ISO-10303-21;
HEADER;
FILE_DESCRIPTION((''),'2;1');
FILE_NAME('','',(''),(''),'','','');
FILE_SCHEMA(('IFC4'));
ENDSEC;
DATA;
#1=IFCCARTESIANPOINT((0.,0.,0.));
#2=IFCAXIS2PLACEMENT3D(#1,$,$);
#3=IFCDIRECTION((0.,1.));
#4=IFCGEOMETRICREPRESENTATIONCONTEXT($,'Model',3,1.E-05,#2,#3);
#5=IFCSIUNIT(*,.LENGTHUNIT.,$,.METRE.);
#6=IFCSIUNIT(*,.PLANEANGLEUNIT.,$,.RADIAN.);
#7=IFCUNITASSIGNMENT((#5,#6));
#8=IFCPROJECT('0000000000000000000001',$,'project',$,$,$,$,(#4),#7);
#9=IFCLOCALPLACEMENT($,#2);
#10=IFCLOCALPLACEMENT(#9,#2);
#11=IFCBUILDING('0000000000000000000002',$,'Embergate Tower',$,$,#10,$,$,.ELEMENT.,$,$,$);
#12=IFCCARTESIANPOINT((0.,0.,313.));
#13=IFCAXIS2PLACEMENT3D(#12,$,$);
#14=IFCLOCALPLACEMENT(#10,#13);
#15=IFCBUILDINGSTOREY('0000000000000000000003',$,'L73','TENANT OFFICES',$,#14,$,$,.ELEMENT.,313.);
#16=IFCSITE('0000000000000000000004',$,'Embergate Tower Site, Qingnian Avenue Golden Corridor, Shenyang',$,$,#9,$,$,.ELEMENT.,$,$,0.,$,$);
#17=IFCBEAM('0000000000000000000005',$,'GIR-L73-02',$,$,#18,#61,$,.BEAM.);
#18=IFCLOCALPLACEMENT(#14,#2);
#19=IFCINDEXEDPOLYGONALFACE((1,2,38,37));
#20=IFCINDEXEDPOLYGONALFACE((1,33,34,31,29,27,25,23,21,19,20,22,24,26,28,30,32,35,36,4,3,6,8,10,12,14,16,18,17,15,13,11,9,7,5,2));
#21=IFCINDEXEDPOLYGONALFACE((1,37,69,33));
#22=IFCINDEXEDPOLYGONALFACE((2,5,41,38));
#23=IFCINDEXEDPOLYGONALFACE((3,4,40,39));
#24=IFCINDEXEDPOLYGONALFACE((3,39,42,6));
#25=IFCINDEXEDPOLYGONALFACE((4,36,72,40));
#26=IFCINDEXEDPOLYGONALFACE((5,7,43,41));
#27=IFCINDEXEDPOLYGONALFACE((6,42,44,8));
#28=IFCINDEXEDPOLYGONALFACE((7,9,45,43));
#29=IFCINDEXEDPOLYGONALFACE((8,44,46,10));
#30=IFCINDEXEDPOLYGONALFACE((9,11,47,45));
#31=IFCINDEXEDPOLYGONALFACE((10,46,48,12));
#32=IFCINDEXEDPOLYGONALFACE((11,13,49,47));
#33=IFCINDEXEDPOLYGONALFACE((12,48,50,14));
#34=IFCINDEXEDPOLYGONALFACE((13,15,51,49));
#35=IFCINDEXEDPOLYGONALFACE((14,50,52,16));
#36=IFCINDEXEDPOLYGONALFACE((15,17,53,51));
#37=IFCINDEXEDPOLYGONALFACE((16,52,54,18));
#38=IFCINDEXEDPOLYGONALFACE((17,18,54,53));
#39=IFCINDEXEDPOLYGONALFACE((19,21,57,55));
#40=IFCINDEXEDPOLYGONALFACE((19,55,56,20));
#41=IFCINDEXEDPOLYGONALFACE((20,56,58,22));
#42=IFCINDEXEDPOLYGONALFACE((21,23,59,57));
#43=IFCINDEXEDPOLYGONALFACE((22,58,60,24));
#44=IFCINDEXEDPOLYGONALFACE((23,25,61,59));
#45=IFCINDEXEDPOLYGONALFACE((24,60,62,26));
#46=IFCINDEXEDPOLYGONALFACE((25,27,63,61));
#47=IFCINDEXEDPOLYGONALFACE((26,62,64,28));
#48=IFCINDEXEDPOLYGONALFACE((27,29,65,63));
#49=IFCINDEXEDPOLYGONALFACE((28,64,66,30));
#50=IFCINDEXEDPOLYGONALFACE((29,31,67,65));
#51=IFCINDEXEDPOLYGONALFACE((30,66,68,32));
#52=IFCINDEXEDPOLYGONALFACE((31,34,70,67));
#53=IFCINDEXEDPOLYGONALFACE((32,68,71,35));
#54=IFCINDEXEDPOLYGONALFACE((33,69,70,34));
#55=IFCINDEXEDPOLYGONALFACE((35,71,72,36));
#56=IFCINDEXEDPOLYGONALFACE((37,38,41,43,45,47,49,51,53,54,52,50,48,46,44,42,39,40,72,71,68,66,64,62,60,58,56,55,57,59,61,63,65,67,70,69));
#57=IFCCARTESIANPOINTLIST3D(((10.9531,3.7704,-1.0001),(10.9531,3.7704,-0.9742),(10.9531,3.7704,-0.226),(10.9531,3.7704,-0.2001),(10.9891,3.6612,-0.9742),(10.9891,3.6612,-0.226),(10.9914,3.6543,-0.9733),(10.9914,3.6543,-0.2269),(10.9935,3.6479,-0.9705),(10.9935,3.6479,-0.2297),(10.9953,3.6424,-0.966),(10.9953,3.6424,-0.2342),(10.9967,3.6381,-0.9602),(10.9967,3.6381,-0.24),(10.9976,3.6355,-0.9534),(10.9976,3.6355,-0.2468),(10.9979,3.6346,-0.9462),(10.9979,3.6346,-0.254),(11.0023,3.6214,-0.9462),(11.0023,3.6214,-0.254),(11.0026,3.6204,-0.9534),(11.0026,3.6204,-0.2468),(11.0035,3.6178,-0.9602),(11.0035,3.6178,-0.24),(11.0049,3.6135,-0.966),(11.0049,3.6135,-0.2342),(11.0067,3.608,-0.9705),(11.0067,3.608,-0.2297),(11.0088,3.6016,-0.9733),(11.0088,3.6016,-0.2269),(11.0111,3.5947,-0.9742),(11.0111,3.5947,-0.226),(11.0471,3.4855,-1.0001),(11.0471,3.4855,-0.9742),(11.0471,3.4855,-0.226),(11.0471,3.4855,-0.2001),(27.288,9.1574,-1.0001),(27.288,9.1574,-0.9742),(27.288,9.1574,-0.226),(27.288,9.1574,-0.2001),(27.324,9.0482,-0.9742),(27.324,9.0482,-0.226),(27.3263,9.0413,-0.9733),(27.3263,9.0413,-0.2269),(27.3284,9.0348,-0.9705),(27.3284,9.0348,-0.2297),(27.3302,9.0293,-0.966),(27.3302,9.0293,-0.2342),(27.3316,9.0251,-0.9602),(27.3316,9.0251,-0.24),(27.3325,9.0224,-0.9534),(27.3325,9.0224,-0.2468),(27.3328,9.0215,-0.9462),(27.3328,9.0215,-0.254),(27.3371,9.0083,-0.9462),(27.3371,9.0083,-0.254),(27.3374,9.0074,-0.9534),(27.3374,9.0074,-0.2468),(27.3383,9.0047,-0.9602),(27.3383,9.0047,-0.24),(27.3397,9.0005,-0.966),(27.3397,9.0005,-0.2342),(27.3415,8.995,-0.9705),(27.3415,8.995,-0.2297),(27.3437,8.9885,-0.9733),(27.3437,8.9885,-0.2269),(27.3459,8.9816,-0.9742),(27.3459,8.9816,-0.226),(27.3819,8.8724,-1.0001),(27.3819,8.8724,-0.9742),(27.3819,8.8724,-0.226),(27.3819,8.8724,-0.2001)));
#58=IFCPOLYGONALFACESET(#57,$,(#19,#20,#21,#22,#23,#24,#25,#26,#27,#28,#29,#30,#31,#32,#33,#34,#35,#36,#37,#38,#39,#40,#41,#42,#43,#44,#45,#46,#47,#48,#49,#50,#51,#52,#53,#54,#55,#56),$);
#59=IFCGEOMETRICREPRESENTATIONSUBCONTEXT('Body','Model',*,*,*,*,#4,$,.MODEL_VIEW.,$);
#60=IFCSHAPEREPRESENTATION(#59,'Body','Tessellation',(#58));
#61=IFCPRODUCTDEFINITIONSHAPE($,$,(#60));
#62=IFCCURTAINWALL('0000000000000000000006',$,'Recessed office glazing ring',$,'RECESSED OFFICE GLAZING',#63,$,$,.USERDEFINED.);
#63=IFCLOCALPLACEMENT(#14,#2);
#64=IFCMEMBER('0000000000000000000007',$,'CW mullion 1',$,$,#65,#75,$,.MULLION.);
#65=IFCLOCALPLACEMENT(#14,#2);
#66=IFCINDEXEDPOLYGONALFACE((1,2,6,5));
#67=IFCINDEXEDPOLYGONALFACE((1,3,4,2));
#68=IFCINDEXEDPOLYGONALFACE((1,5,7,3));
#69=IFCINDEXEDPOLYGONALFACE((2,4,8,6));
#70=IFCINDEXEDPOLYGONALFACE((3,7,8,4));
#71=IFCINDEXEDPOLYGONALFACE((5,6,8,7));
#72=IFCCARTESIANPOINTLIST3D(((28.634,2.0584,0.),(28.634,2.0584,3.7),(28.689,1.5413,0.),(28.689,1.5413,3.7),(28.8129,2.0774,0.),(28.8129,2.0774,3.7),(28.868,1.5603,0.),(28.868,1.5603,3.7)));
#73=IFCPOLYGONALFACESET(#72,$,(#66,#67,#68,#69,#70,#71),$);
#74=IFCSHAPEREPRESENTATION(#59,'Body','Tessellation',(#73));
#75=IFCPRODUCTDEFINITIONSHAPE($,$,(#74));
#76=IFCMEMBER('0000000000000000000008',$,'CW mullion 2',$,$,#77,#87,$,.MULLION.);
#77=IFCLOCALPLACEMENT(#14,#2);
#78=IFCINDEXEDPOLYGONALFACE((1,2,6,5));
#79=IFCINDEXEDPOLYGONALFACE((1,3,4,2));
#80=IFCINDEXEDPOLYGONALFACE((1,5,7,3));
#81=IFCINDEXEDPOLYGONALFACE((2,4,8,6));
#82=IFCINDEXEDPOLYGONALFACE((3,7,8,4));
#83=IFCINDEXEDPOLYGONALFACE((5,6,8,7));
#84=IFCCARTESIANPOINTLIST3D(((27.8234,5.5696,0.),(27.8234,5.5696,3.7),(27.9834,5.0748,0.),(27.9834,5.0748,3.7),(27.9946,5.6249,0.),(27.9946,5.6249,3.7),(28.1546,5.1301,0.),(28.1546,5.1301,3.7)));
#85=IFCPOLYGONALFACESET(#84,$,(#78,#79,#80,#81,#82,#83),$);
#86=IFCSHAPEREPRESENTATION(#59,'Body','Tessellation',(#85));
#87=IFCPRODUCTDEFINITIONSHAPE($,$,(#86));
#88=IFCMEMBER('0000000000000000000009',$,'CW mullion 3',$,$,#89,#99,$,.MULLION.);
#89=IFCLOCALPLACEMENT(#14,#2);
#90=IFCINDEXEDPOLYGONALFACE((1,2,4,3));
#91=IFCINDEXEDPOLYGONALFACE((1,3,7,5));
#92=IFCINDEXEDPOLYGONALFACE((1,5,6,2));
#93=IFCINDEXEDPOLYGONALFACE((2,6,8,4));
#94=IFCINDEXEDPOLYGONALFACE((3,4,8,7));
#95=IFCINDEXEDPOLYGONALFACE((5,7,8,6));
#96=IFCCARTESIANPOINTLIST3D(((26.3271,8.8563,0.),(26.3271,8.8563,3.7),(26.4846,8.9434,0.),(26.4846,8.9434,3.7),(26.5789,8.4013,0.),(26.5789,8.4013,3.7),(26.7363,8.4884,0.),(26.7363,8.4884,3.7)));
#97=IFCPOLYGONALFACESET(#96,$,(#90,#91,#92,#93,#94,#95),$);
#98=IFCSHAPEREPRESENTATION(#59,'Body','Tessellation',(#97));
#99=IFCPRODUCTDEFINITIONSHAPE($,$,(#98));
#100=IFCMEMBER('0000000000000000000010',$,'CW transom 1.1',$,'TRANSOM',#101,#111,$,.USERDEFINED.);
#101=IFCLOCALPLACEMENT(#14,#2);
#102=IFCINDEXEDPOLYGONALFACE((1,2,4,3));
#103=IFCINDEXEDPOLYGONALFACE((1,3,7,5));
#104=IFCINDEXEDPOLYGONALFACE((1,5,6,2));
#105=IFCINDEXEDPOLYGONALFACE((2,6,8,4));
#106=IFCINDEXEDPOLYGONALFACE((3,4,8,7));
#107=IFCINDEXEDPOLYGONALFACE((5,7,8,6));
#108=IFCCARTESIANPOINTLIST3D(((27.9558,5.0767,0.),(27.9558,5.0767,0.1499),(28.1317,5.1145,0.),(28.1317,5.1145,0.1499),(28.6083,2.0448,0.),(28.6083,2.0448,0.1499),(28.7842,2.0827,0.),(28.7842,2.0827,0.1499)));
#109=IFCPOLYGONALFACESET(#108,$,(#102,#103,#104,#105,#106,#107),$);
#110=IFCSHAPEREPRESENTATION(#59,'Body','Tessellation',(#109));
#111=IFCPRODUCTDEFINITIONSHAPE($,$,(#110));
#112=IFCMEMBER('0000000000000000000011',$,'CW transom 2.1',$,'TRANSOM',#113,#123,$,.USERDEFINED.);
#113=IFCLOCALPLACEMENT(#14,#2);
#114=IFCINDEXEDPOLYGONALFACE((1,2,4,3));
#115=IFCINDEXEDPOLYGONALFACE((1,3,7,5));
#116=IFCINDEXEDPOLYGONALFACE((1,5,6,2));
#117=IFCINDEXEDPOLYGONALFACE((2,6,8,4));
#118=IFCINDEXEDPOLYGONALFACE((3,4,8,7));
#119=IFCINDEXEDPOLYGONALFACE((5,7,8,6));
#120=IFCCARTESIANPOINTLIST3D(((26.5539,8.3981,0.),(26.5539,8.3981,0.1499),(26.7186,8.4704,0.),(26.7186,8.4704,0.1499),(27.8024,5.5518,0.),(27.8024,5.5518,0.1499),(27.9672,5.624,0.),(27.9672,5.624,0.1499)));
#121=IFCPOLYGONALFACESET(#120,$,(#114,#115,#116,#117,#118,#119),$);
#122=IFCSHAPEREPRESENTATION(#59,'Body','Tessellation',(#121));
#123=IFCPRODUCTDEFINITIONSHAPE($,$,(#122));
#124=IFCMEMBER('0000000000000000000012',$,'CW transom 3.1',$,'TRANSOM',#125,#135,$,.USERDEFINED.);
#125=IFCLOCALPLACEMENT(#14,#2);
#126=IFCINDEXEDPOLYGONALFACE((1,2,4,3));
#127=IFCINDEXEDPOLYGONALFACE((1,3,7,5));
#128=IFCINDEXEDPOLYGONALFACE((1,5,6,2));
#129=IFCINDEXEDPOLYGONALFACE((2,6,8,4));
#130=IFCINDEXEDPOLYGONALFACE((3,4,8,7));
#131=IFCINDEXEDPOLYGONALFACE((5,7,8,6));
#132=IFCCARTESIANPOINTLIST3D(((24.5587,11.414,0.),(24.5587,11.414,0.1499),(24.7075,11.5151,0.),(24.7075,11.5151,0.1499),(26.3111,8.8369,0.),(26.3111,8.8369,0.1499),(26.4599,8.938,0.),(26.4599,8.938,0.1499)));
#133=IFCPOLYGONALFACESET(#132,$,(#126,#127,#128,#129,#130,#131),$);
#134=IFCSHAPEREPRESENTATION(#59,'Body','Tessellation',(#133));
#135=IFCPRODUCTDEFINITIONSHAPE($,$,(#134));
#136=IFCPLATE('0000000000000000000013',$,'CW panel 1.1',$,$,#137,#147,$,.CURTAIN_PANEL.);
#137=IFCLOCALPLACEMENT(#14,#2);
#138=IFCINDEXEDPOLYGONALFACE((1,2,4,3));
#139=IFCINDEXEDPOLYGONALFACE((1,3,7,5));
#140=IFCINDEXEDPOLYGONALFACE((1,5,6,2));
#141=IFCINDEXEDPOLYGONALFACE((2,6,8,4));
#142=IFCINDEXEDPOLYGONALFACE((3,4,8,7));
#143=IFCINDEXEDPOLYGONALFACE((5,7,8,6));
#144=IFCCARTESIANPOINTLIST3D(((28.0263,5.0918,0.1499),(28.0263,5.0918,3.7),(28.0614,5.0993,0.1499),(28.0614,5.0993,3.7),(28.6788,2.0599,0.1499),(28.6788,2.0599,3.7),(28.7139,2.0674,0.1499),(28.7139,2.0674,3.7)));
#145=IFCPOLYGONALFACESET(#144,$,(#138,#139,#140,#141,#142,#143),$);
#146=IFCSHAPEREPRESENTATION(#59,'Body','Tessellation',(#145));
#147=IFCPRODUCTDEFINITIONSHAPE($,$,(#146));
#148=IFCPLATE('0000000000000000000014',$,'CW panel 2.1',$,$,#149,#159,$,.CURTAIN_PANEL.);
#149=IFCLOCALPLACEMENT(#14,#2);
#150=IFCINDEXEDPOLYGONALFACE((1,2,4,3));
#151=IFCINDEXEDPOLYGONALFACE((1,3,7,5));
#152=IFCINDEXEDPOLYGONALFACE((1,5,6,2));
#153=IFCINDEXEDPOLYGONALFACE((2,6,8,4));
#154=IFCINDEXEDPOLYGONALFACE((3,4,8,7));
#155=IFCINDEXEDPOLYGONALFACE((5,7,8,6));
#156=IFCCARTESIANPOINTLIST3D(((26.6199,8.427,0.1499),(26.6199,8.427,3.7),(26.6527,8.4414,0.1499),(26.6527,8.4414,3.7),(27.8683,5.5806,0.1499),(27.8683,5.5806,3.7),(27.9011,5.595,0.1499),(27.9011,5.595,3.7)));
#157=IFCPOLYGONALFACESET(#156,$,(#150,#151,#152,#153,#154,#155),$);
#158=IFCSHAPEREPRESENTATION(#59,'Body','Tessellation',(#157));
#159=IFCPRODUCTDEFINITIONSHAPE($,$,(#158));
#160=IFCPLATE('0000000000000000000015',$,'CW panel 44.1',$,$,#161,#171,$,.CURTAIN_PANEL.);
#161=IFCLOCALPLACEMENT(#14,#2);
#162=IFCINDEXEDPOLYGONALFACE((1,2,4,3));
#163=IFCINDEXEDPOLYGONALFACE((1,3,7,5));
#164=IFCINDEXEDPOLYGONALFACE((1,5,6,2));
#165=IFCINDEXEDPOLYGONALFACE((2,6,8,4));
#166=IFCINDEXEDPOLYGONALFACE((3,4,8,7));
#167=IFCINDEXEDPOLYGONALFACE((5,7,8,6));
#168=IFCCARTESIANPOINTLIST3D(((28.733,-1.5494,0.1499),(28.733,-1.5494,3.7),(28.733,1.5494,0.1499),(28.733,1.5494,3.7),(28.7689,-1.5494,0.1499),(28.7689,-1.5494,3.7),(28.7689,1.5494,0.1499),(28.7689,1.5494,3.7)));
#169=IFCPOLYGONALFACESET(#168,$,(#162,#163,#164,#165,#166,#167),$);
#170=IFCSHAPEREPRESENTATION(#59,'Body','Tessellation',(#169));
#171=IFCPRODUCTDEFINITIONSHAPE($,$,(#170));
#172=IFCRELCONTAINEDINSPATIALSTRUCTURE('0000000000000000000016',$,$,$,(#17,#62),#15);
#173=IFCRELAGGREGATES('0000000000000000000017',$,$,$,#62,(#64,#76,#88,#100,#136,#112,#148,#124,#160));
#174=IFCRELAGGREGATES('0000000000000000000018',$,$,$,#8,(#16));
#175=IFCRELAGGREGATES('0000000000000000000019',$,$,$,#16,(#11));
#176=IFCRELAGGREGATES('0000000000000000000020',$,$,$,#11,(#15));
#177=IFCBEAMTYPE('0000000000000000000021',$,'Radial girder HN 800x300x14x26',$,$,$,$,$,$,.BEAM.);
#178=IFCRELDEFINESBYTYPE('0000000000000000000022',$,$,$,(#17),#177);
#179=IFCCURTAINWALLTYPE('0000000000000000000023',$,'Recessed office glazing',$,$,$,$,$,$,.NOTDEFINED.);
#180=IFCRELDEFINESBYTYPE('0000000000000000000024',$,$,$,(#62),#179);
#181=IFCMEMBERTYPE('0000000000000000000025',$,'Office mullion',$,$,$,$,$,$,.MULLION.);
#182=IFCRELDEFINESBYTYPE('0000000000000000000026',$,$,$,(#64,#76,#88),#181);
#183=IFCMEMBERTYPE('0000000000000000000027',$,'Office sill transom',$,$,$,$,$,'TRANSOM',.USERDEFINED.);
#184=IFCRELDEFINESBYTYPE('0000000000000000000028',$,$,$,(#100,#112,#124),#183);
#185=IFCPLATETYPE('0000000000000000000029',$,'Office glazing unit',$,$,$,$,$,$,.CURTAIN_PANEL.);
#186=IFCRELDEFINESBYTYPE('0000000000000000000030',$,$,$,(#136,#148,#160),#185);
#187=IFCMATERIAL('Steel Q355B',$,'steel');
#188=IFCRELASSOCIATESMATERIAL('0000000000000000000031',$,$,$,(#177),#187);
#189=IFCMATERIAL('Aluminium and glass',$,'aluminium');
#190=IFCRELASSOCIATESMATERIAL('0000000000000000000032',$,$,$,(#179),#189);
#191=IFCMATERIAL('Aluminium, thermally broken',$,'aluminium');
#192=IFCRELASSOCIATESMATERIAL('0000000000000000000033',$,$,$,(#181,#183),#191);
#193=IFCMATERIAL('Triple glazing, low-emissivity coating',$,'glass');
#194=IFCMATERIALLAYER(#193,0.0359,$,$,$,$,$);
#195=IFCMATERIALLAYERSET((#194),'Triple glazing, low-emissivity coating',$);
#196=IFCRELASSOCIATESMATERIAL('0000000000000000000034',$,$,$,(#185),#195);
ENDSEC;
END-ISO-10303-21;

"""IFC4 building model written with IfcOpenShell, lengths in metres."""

from ifc_helpers import new_model, si_unit, direction, frame, origin, origin_2d, place, context, subcontext, project, spatial, rectangle, i_section, extrude, source, transform, mapped, material, layer, layer_set, material_profile, profile_set, type_object, element, aggregate, save


model = new_model("IFC4")

# Units and contexts
model_context = context("Model", 3, precision=1e-05, world=origin(), true_north=direction((0.0, 1.0)))
body_context = subcontext(model_context, "Body", "Model", "MODEL_VIEW")
ifc_project = project(units=[si_unit("LENGTHUNIT", "METRE"), si_unit("PLANEANGLEUNIT", "RADIAN")], contexts=[model_context])

# Site, building, storey
site_placement = place(None, origin())
site = spatial("IfcSite", under=ifc_project, at=site_placement, Name="Embergate Tower Site, Qingnian Avenue Golden Corridor, Shenyang", CompositionType="ELEMENT", RefElevation=0.0)
building_placement = place(site_placement, origin())
building = spatial("IfcBuilding", under=site, at=building_placement, Name="Embergate Tower", CompositionType="ELEMENT")
storey_placement = place(building_placement, frame((0.0, 0.0, 313.0)))
storey = spatial("IfcBuildingStorey", under=building, at=storey_placement, Name="L73", Description="TENANT OFFICES", CompositionType="ELEMENT", Elevation=313.0)

# Beam
ifc_material_1 = material(Name="Steel Q355B", Category="steel")
ifc_material_profile_1 = material_profile(ifc_material_1, i_section(OverallWidth=0.3, OverallDepth=0.8, WebThickness=0.0139, FlangeThickness=0.0259, FilletRadius=0.0281, at=origin_2d()), Name="HN 800x300x14x26")
ifc_profile_set_1 = profile_set([ifc_material_profile_1], Name="Steel Q355 grade B")
beam_type_1 = type_object("IfcBeamType", Name="Radial girder HN 800x300x14x26", PredefinedType="BEAM", material=ifc_profile_set_1)
shared_shape_1 = source(origin(), body_context, "Body", "SweptSolid", [
    extrude(i_section(OverallWidth=0.3, OverallDepth=0.8, WebThickness=0.0139, FlangeThickness=0.0259, FilletRadius=0.0281, at=origin_2d()), origin(), (0.0, 0.0, 1.0), 17.2002),
])
beam_1_placement = place(storey_placement, frame((27.335, 9.0149, -0.6001), z_axis=(-0.94969, -0.31319, 0.0), x_axis=(0.31319, -0.94969, 0.0)))
element("IfcBeam", 1, at=beam_1_placement, inside=storey, type_object=beam_type_1, Name="GIR-L73-02", PredefinedType="BEAM", context=body_context, shape_type="MappedRepresentation", body=[
    mapped(shared_shape_1, transform((0.0, 0.0, 0.0))),
])

# Curtain wall, members, plates
ifc_material_2 = material(Name="Aluminium and glass", Category="aluminium")
curtain_wall_type = type_object("IfcCurtainWallType", Name="Recessed office glazing", PredefinedType="NOTDEFINED", material=ifc_material_2)
curtain_wall_placement = place(storey_placement, origin())
curtain_wall = element("IfcCurtainWall", 2, at=curtain_wall_placement, inside=storey, type_object=curtain_wall_type, Name="Recessed office glazing ring", ObjectType="RECESSED OFFICE GLAZING", PredefinedType="USERDEFINED")
ifc_material_3 = material(Name="Aluminium, thermally broken", Category="aluminium")
ifc_material_profile_2 = material_profile(ifc_material_3, rectangle(XDim=0.1799, YDim=0.52, at=origin_2d()), Name="AL 520x180")
ifc_profile_set_2 = profile_set([ifc_material_profile_2], Name="Aluminium, thermally broken")
member_type_1 = type_object("IfcMemberType", Name="Office mullion", PredefinedType="MULLION", material=ifc_profile_set_2)
shared_shape_2 = source(origin(), body_context, "Body", "SweptSolid", [
    extrude(rectangle(XDim=0.1799, YDim=0.52, at=origin_2d()), origin(), (0.0, 0.0, 1.0), 3.7),
])
member_1_placement = place(storey_placement, frame((28.751, 1.8093, 0.0), z_axis=(0.0, 0.0, 1.0), x_axis=(-0.994384, -0.105832, 0.0)))
member_1 = element("IfcMember", 3, at=member_1_placement, type_object=member_type_1, Name="CW mullion 1", PredefinedType="MULLION", context=body_context, shape_type="MappedRepresentation", body=[
    mapped(shared_shape_2, transform((0.0, 0.0, 0.0))),
])
member_2_placement = place(storey_placement, frame((27.989, 5.3499, 0.0), z_axis=(0.0, 0.0, 1.0), x_axis=(-0.951492, -0.307674, 0.0)))
member_2 = element("IfcMember", 4, at=member_2_placement, type_object=member_type_1, Name="CW mullion 2", PredefinedType="MULLION", context=body_context, shape_type="MappedRepresentation", body=[
    mapped(shared_shape_2, transform((0.0, 0.0, 0.0))),
])
member_3_placement = place(storey_placement, frame((26.5317, 8.6724, 0.0), z_axis=(0.0, 0.0, 1.0), x_axis=(-0.874992, -0.484138, 0.0)))
member_3 = element("IfcMember", 5, at=member_3_placement, type_object=member_type_1, Name="CW mullion 3", PredefinedType="MULLION", context=body_context, shape_type="MappedRepresentation", body=[
    mapped(shared_shape_2, transform((0.0, 0.0, 0.0))),
])
ifc_material_profile_3 = material_profile(ifc_material_3, rectangle(XDim=0.1799, YDim=0.1499, at=origin_2d()), Name="AL 150x180")
ifc_profile_set_3 = profile_set([ifc_material_profile_3], Name="Aluminium, thermally broken")
member_type_2 = type_object("IfcMemberType", Name="Office sill transom", ElementType="TRANSOM", PredefinedType="USERDEFINED", material=ifc_profile_set_3)
shared_shape_3 = source(origin(), body_context, "Body", "SweptSolid", [
    extrude(rectangle(XDim=0.1799, YDim=0.1499, at=origin_2d()), origin(), (0.0, 0.0, 1.0), 3.1013),
])
member_4_placement = place(storey_placement, frame((28.6963, 2.0637, 0.075), z_axis=(-0.210416, 0.977612, 0.0), x_axis=(-0.977612, -0.210416, 0.0)))
member_4 = element("IfcMember", 6, at=member_4_placement, type_object=member_type_2, Name="CW transom 1.1", ObjectType="TRANSOM", PredefinedType="USERDEFINED", context=body_context, shape_type="MappedRepresentation", body=[
    mapped(shared_shape_3, transform((0.0, 0.0, 0.0))),
])
shared_shape_4 = source(origin(), body_context, "Body", "SweptSolid", [
    extrude(rectangle(XDim=0.1799, YDim=0.1499, at=origin_2d()), origin(), (0.0, 0.0, 1.0), 3.1082),
])
member_5_placement = place(storey_placement, frame((27.8848, 5.5879, 0.075), z_axis=(-0.401688, 0.915777, 0.0), x_axis=(-0.915777, -0.401688, 0.0)))
member_5 = element("IfcMember", 7, at=member_5_placement, type_object=member_type_2, Name="CW transom 2.1", ObjectType="TRANSOM", PredefinedType="USERDEFINED", context=body_context, shape_type="MappedRepresentation", body=[
    mapped(shared_shape_4, transform((0.0, 0.0, 0.0))),
])
shared_shape_5 = source(origin(), body_context, "Body", "SweptSolid", [
    extrude(rectangle(XDim=0.1799, YDim=0.1499, at=origin_2d()), origin(), (0.0, 0.0, 1.0), 3.1165),
])
member_6_placement = place(storey_placement, frame((26.3855, 8.8875, 0.075), z_axis=(-0.562306, 0.826929, 0.0), x_axis=(-0.826929, -0.562306, 0.0)))
member_6 = element("IfcMember", 8, at=member_6_placement, type_object=member_type_2, Name="CW transom 3.1", ObjectType="TRANSOM", PredefinedType="USERDEFINED", context=body_context, shape_type="MappedRepresentation", body=[
    mapped(shared_shape_5, transform((0.0, 0.0, 0.0))),
])
ifc_material_4 = material(Name="Triple glazing, low-emissivity coating", Category="glass")
ifc_layer_1 = layer(ifc_material_4, 0.0359)
ifc_layer_set_1 = layer_set([ifc_layer_1], Name="Triple glazing, low-emissivity coating")
plate_type = type_object("IfcPlateType", Name="Office glazing unit", PredefinedType="CURTAIN_PANEL", material=ifc_layer_set_1)
shared_shape_6 = source(origin(), body_context, "Body", "SweptSolid", [
    extrude(rectangle(XDim=3.1013, YDim=0.0359, at=origin_2d()), origin(), (0.0, 0.0, 1.0), 3.55),
])
plate_1_placement = place(storey_placement, frame((28.3701, 3.5796, 0.1499), z_axis=(0.0, 0.0, 1.0), x_axis=(-0.2104, 0.977615, 0.0)))
plate_1 = element("IfcPlate", 9, at=plate_1_placement, type_object=plate_type, Name="CW panel 1.1", PredefinedType="CURTAIN_PANEL", context=body_context, shape_type="MappedRepresentation", body=[
    mapped(shared_shape_6, transform((0.0, 0.0, 0.0))),
])
shared_shape_7 = source(origin(), body_context, "Body", "SweptSolid", [
    extrude(rectangle(XDim=3.1082, YDim=0.0359, at=origin_2d()), origin(), (0.0, 0.0, 1.0), 3.55),
])
plate_2_placement = place(storey_placement, frame((27.2605, 7.011, 0.1499), z_axis=(0.0, 0.0, 1.0), x_axis=(-0.401654, 0.915792, 0.0)))
plate_2 = element("IfcPlate", 10, at=plate_2_placement, type_object=plate_type, Name="CW panel 2.1", PredefinedType="CURTAIN_PANEL", context=body_context, shape_type="MappedRepresentation", body=[
    mapped(shared_shape_7, transform((0.0, 0.0, 0.0))),
])
shared_shape_8 = source(origin(), body_context, "Body", "SweptSolid", [
    extrude(rectangle(XDim=3.0989, YDim=0.0359, at=origin_2d()), origin(), (0.0, 0.0, 1.0), 3.55),
])
plate_3_placement = place(storey_placement, frame((28.751, 0.0, 0.1499), z_axis=(0.0, 0.0, 1.0), x_axis=(0.0, 1.0, 0.0)))
plate_3 = element("IfcPlate", 11, at=plate_3_placement, type_object=plate_type, Name="CW panel 44.1", PredefinedType="CURTAIN_PANEL", context=body_context, shape_type="MappedRepresentation", body=[
    mapped(shared_shape_8, transform((0.0, 0.0, 0.0))),
])
aggregate(curtain_wall, [member_1, member_2, member_3, member_4, plate_1, member_5, plate_2, member_6, plate_3])

save(model, "model.ifc")
